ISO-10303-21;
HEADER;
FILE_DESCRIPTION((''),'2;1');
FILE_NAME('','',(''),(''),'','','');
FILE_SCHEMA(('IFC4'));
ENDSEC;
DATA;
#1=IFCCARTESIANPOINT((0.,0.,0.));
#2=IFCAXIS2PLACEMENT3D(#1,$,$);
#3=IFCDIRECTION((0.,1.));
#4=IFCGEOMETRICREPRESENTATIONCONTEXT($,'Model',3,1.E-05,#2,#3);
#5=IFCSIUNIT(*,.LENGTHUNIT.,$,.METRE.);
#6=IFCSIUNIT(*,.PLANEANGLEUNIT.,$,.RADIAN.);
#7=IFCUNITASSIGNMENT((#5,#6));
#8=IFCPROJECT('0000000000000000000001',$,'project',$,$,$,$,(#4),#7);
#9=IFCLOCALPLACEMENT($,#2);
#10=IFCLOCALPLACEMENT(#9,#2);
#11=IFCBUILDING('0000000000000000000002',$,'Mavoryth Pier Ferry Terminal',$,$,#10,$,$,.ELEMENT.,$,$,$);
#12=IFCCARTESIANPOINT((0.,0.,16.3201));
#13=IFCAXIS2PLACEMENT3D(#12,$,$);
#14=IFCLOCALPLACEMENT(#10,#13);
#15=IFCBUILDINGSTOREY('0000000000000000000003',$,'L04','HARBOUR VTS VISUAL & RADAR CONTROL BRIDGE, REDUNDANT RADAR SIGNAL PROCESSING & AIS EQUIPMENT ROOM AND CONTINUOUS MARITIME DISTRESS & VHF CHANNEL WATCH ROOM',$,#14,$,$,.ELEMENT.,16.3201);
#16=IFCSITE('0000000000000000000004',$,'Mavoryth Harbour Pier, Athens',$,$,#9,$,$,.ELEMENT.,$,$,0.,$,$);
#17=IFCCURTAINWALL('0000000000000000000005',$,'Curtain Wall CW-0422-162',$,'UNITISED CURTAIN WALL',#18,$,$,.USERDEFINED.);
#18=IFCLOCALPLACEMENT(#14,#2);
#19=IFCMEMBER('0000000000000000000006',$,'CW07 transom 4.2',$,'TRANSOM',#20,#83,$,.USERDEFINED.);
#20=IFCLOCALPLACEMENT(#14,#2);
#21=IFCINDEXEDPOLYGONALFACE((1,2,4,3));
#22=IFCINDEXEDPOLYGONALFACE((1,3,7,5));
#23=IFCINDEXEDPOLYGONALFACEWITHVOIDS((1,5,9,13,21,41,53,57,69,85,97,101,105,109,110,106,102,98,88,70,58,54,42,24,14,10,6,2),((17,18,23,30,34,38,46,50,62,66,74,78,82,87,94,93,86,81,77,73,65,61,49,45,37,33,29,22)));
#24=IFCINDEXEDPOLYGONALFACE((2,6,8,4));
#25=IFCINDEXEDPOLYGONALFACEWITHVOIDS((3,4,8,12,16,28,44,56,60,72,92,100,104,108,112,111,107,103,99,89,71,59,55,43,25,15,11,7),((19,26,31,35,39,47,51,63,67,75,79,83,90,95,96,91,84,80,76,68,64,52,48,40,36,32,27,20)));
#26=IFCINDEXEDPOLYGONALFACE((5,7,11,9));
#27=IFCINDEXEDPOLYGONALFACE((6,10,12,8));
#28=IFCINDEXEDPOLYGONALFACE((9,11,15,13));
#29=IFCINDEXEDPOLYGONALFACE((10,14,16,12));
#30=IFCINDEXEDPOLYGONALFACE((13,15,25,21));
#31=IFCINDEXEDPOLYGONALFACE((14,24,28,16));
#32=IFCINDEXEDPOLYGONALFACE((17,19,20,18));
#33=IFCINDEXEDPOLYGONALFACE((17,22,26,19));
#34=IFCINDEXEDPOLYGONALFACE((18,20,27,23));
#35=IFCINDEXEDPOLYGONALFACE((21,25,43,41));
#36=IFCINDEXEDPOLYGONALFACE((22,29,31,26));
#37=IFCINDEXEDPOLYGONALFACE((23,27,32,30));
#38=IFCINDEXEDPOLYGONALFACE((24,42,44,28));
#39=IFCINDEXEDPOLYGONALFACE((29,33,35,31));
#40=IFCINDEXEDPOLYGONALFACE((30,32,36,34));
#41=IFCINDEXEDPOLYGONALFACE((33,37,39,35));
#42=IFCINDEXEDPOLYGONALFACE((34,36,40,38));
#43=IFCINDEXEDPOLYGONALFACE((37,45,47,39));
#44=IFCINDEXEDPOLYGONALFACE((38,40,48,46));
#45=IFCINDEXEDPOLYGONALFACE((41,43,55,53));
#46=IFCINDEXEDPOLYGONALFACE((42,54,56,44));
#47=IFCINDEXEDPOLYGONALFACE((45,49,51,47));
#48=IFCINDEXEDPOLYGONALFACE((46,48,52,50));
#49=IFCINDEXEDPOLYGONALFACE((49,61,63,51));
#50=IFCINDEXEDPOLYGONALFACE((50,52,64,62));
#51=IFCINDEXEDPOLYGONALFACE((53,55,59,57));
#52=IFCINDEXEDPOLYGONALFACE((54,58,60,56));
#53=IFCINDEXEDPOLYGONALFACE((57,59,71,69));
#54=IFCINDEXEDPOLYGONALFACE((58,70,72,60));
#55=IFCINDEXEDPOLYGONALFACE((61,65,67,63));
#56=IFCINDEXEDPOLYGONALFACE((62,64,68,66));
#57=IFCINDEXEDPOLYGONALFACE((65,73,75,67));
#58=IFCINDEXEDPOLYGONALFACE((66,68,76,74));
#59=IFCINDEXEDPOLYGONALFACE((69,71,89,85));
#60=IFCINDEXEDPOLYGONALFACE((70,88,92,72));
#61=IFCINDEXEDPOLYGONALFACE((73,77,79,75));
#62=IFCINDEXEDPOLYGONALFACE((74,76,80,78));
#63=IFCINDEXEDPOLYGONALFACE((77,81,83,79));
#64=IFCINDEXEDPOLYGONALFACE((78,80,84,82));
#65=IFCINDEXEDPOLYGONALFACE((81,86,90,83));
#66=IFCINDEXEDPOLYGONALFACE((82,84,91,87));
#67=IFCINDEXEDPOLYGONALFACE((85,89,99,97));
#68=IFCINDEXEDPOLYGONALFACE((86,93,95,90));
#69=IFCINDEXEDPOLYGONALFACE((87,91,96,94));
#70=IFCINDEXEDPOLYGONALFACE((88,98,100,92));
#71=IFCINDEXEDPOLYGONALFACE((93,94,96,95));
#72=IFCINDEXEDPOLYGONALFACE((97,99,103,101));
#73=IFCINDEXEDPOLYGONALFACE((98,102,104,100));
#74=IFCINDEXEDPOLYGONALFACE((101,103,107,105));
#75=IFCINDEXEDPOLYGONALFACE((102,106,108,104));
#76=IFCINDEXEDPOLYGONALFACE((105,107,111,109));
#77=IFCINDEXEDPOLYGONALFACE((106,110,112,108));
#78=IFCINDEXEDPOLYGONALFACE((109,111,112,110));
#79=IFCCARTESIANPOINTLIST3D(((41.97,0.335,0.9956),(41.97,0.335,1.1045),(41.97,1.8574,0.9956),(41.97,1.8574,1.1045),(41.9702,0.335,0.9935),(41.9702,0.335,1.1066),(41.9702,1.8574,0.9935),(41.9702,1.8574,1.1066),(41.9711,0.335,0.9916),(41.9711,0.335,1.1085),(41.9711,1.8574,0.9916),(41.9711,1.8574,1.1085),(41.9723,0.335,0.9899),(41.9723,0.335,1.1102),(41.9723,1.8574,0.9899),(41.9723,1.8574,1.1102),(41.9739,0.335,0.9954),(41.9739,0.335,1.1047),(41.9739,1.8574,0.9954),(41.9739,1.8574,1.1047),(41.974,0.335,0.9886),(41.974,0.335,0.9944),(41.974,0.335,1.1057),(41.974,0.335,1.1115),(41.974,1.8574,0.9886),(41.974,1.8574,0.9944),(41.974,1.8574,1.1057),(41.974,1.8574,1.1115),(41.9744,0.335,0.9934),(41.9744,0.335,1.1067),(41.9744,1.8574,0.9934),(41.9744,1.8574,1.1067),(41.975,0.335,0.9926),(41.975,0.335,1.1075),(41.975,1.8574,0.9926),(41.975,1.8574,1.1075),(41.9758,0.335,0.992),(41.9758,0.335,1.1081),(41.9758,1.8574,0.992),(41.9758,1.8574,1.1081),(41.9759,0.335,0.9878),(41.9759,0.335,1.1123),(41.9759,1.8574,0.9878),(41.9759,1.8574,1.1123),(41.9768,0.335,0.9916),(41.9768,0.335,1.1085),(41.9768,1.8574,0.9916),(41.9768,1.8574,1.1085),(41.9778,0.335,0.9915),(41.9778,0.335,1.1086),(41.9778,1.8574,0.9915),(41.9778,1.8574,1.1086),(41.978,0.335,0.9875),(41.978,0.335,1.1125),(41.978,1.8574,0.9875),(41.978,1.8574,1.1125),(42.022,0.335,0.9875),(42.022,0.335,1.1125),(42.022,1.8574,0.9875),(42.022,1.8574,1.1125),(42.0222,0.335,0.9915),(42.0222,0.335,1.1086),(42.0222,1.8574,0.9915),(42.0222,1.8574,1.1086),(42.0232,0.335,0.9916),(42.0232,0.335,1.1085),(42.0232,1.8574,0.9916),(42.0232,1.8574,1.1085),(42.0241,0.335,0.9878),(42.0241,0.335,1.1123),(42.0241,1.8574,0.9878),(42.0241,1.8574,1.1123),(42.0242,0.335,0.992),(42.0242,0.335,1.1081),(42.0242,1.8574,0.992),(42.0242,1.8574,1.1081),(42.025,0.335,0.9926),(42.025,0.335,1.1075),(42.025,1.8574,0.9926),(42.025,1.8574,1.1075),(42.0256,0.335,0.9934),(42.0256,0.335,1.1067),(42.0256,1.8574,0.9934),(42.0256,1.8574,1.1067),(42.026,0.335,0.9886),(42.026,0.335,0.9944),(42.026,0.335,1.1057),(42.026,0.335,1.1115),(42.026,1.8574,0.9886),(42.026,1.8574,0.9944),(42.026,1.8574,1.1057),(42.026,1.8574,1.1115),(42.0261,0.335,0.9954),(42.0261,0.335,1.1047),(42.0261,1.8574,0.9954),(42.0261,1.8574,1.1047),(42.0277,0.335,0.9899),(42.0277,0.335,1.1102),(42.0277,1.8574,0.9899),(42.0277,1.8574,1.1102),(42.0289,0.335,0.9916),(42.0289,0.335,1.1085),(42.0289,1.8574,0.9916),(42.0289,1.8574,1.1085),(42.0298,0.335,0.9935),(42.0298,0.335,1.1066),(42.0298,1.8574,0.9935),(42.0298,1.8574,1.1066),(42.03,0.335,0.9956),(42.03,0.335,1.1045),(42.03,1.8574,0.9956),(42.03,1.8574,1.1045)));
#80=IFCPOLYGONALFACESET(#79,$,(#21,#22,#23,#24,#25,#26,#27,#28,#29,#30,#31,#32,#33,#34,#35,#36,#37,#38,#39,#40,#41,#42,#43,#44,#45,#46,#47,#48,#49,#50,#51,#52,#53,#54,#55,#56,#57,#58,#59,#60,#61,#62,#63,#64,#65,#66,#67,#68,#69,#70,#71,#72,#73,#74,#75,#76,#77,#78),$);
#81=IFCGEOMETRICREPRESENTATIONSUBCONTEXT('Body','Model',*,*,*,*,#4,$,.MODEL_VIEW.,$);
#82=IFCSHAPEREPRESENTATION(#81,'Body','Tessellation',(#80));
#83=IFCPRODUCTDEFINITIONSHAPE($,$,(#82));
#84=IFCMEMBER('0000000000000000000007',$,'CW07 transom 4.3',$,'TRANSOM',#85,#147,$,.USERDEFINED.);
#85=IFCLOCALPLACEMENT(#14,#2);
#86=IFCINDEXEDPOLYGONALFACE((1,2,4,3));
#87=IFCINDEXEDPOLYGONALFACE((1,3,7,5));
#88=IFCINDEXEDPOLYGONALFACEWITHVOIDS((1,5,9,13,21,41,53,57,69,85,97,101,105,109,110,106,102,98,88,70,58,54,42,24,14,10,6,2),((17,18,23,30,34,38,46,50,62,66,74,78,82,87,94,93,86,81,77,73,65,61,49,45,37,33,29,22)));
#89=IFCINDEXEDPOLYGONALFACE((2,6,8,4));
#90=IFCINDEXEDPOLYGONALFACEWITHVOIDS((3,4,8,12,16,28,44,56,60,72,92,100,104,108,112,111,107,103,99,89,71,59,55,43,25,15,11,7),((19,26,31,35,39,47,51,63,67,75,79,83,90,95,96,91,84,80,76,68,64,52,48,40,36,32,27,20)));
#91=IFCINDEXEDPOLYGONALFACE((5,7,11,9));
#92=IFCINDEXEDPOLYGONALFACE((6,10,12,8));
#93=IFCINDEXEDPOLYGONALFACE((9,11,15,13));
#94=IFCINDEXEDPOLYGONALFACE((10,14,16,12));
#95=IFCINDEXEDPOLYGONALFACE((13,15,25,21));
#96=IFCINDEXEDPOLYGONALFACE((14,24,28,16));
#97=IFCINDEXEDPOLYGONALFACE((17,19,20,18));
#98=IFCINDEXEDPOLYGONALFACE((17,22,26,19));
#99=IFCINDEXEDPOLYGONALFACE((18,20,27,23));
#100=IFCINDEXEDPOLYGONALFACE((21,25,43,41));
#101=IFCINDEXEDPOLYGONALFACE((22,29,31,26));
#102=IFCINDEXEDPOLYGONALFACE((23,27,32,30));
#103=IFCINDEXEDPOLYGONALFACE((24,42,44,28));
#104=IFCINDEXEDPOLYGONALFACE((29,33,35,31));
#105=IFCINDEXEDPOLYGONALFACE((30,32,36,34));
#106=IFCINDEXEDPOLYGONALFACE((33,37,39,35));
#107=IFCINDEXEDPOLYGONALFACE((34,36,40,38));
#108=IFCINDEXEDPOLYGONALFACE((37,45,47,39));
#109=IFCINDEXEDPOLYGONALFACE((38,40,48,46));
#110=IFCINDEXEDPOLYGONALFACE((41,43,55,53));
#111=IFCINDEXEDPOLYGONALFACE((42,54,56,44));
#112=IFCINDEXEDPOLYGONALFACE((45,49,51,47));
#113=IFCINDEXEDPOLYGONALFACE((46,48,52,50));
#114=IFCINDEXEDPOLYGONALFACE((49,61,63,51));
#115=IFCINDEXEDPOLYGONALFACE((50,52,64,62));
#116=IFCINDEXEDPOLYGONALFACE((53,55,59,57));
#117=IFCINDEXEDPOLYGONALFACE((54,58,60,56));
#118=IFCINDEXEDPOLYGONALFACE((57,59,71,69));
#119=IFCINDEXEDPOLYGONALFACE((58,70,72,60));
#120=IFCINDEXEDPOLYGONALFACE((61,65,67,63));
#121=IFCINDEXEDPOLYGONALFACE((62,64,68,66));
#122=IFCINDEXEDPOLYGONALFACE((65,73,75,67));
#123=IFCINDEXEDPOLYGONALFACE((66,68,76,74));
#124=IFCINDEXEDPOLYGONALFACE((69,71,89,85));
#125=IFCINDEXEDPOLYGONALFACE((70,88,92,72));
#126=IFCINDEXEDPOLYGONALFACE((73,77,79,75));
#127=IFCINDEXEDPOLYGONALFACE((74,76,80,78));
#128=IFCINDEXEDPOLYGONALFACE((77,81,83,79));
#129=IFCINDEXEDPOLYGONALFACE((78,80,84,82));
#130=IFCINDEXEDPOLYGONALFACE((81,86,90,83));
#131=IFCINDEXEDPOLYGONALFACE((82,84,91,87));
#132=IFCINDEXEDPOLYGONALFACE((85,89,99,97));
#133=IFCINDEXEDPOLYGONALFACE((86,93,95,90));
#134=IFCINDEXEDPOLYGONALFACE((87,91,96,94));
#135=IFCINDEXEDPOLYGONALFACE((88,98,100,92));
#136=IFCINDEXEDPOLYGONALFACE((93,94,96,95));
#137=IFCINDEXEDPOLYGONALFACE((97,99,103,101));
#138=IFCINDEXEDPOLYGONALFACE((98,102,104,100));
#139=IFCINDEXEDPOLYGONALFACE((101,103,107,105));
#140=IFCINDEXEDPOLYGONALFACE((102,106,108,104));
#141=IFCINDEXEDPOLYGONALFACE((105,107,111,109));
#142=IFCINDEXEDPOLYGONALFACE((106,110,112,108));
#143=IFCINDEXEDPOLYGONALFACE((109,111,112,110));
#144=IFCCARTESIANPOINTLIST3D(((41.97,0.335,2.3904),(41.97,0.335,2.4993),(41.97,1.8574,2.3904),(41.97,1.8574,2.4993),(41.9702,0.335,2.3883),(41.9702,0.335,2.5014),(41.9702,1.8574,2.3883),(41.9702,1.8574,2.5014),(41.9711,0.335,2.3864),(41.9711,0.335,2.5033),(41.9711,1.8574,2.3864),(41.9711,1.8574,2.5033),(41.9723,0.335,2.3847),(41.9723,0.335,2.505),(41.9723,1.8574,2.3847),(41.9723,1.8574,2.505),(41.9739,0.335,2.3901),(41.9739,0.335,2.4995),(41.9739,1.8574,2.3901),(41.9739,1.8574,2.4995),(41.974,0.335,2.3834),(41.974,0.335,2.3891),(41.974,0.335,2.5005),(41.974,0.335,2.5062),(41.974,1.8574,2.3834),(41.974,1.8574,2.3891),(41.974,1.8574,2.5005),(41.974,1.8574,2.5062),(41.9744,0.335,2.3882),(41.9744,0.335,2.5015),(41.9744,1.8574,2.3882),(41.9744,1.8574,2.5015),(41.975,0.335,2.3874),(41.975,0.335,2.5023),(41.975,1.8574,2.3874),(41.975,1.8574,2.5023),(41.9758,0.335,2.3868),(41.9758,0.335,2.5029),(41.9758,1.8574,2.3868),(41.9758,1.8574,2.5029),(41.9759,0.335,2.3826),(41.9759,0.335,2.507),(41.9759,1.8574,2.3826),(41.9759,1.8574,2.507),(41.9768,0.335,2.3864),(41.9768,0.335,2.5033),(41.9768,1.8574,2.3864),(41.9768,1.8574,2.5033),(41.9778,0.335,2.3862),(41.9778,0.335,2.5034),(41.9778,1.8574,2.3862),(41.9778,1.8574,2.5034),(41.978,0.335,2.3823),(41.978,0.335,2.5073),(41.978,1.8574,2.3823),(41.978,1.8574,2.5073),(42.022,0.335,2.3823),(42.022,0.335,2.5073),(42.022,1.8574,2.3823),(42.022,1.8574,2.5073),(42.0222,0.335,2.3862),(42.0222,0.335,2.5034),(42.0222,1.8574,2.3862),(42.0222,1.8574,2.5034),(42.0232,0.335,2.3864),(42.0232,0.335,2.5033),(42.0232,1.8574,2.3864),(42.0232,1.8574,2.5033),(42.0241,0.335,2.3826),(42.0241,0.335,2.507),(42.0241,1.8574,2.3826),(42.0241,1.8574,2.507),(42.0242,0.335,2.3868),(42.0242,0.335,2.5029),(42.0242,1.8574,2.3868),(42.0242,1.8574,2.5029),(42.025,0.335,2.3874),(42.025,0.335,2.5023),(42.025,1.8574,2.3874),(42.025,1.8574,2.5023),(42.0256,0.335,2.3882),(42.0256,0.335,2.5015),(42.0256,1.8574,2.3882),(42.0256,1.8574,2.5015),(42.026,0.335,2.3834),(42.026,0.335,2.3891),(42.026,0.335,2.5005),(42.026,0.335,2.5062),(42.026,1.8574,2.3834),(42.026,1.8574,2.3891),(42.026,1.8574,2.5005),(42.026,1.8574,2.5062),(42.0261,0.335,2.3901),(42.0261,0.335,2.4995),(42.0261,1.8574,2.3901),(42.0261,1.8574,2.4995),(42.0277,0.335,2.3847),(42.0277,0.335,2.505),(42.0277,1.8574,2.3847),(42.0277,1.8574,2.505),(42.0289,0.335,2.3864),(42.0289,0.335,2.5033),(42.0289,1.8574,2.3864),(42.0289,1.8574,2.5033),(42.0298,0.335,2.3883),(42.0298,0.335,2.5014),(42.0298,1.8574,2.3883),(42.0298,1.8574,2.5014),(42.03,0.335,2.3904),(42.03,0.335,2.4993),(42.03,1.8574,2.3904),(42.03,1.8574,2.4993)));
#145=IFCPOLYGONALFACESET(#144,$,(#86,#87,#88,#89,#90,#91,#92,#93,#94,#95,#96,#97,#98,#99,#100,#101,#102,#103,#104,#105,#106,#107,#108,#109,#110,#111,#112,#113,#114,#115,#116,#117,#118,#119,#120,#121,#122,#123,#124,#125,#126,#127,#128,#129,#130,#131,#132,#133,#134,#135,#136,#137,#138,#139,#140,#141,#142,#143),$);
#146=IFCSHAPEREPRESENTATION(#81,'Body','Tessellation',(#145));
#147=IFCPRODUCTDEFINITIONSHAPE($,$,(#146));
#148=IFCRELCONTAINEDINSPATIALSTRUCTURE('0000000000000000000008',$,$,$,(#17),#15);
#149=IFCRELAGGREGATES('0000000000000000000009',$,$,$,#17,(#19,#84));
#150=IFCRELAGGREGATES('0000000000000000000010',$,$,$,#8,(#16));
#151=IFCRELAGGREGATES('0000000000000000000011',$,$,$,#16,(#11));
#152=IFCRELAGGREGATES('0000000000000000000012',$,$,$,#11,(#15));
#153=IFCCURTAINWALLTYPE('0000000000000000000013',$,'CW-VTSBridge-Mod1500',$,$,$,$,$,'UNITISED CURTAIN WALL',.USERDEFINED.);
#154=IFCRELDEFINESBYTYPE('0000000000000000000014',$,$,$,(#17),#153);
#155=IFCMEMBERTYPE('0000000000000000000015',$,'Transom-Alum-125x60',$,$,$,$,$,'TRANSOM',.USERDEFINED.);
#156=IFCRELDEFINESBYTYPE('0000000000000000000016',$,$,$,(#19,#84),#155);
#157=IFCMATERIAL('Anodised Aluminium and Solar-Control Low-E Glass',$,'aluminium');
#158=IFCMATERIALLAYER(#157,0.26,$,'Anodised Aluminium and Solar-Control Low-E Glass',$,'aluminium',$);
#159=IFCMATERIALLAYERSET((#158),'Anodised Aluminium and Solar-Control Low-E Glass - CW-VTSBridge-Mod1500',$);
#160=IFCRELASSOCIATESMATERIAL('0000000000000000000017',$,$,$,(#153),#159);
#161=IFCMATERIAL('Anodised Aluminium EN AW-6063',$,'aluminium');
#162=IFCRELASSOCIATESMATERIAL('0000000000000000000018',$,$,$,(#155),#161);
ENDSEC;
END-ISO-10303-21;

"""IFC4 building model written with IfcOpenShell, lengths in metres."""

from ifc_helpers import new_model, si_unit, direction, frame, origin, origin_2d, place, context, subcontext, project, spatial, hollow_rectangle, extrude, material, layer, layer_set, material_profile, profile_set, type_object, element, aggregate, save


model = new_model("IFC4")

# Units and contexts
model_context = context("Model", 3, precision=1e-05, world=origin(), true_north=direction((0.0, 1.0)))
body_context = subcontext(model_context, "Body", "Model", "MODEL_VIEW")
ifc_project = project(units=[si_unit("LENGTHUNIT", "METRE"), si_unit("PLANEANGLEUNIT", "RADIAN")], contexts=[model_context])

# Site, building, storey
site_placement = place(None, origin())
site = spatial("IfcSite", under=ifc_project, at=site_placement, Name="Mavoryth Harbour Pier, Athens", CompositionType="ELEMENT", RefElevation=0.0)
building_placement = place(site_placement, origin())
building = spatial("IfcBuilding", under=site, at=building_placement, Name="Mavoryth Pier Ferry Terminal", CompositionType="ELEMENT")
storey_placement = place(building_placement, frame((0.0, 0.0, 16.3201)))
storey = spatial("IfcBuildingStorey", under=building, at=storey_placement, Name="L04", Description="HARBOUR VTS VISUAL & RADAR CONTROL BRIDGE, REDUNDANT RADAR SIGNAL PROCESSING & AIS EQUIPMENT ROOM AND CONTINUOUS MARITIME DISTRESS & VHF CHANNEL WATCH ROOM", CompositionType="ELEMENT", Elevation=16.3201)

# Curtain wall, members
ifc_material_1 = material(Name="Anodised Aluminium and Solar-Control Low-E Glass", Category="aluminium")
ifc_layer_1 = layer(ifc_material_1, 0.26, Name="Anodised Aluminium and Solar-Control Low-E Glass", Category="aluminium")
ifc_layer_set_1 = layer_set([ifc_layer_1], Name="Anodised Aluminium and Solar-Control Low-E Glass - CW-VTSBridge-Mod1500")
curtain_wall_type = type_object("IfcCurtainWallType", Name="CW-VTSBridge-Mod1500", ElementType="UNITISED CURTAIN WALL", PredefinedType="USERDEFINED", material=ifc_layer_set_1)
ifc_material_2 = material(Name="Anodised Aluminium EN AW-6063", Category="aluminium")
curtain_wall_1_placement = place(storey_placement, origin())
curtain_wall_1 = element("IfcCurtainWall", 1, at=curtain_wall_1_placement, inside=storey, type_object=curtain_wall_type, Name="Curtain Wall CW-0422-162", ObjectType="UNITISED CURTAIN WALL", PredefinedType="USERDEFINED")
ifc_material_profile_1 = material_profile(ifc_material_2, hollow_rectangle(XDim=0.0601, YDim=0.125, WallThickness=0.0039, InnerFilletRadius=0.0039, OuterFilletRadius=0.0081, at=origin_2d()), Name="AL-TRAN 125x60x4", Category="aluminium")
ifc_profile_set_1 = profile_set([ifc_material_profile_1], Name="Anodised Aluminium EN AW-6063 - AL-TRAN 125x60x4")
member_type_1 = type_object("IfcMemberType", Name="Transom-Alum-125x60", ElementType="TRANSOM", PredefinedType="USERDEFINED", material=ifc_profile_set_1)
member_1_placement = place(storey_placement, frame((42.0, 1.8574, 1.05), z_axis=(0.0, -1.0, 0.0), x_axis=(1.0, 0.0, 0.0)))
member_1 = element("IfcMember", 2, at=member_1_placement, type_object=member_type_1, Name="CW07 transom 4.2", ObjectType="TRANSOM", PredefinedType="USERDEFINED", context=body_context, shape_type="SweptSolid", body=[
    extrude(hollow_rectangle(XDim=0.0601, YDim=0.125, WallThickness=0.0039, InnerFilletRadius=0.0039, OuterFilletRadius=0.0081, at=origin_2d()), origin(), (0.0, 0.0, 1.0), 1.5225),
])
member_2_placement = place(storey_placement, frame((42.0, 1.8574, 2.4448), z_axis=(0.0, -1.0, 0.0), x_axis=(1.0, 0.0, 0.0)))
member_2 = element("IfcMember", 3, at=member_2_placement, type_object=member_type_1, Name="CW07 transom 4.3", ObjectType="TRANSOM", PredefinedType="USERDEFINED", context=body_context, shape_type="SweptSolid", body=[
    extrude(hollow_rectangle(XDim=0.0601, YDim=0.125, WallThickness=0.0039, InnerFilletRadius=0.0039, OuterFilletRadius=0.0081, at=origin_2d()), origin(), (0.0, 0.0, 1.0), 1.5225),
])

aggregate(curtain_wall_1, [member_1, member_2])

save(model, "model.ifc")
